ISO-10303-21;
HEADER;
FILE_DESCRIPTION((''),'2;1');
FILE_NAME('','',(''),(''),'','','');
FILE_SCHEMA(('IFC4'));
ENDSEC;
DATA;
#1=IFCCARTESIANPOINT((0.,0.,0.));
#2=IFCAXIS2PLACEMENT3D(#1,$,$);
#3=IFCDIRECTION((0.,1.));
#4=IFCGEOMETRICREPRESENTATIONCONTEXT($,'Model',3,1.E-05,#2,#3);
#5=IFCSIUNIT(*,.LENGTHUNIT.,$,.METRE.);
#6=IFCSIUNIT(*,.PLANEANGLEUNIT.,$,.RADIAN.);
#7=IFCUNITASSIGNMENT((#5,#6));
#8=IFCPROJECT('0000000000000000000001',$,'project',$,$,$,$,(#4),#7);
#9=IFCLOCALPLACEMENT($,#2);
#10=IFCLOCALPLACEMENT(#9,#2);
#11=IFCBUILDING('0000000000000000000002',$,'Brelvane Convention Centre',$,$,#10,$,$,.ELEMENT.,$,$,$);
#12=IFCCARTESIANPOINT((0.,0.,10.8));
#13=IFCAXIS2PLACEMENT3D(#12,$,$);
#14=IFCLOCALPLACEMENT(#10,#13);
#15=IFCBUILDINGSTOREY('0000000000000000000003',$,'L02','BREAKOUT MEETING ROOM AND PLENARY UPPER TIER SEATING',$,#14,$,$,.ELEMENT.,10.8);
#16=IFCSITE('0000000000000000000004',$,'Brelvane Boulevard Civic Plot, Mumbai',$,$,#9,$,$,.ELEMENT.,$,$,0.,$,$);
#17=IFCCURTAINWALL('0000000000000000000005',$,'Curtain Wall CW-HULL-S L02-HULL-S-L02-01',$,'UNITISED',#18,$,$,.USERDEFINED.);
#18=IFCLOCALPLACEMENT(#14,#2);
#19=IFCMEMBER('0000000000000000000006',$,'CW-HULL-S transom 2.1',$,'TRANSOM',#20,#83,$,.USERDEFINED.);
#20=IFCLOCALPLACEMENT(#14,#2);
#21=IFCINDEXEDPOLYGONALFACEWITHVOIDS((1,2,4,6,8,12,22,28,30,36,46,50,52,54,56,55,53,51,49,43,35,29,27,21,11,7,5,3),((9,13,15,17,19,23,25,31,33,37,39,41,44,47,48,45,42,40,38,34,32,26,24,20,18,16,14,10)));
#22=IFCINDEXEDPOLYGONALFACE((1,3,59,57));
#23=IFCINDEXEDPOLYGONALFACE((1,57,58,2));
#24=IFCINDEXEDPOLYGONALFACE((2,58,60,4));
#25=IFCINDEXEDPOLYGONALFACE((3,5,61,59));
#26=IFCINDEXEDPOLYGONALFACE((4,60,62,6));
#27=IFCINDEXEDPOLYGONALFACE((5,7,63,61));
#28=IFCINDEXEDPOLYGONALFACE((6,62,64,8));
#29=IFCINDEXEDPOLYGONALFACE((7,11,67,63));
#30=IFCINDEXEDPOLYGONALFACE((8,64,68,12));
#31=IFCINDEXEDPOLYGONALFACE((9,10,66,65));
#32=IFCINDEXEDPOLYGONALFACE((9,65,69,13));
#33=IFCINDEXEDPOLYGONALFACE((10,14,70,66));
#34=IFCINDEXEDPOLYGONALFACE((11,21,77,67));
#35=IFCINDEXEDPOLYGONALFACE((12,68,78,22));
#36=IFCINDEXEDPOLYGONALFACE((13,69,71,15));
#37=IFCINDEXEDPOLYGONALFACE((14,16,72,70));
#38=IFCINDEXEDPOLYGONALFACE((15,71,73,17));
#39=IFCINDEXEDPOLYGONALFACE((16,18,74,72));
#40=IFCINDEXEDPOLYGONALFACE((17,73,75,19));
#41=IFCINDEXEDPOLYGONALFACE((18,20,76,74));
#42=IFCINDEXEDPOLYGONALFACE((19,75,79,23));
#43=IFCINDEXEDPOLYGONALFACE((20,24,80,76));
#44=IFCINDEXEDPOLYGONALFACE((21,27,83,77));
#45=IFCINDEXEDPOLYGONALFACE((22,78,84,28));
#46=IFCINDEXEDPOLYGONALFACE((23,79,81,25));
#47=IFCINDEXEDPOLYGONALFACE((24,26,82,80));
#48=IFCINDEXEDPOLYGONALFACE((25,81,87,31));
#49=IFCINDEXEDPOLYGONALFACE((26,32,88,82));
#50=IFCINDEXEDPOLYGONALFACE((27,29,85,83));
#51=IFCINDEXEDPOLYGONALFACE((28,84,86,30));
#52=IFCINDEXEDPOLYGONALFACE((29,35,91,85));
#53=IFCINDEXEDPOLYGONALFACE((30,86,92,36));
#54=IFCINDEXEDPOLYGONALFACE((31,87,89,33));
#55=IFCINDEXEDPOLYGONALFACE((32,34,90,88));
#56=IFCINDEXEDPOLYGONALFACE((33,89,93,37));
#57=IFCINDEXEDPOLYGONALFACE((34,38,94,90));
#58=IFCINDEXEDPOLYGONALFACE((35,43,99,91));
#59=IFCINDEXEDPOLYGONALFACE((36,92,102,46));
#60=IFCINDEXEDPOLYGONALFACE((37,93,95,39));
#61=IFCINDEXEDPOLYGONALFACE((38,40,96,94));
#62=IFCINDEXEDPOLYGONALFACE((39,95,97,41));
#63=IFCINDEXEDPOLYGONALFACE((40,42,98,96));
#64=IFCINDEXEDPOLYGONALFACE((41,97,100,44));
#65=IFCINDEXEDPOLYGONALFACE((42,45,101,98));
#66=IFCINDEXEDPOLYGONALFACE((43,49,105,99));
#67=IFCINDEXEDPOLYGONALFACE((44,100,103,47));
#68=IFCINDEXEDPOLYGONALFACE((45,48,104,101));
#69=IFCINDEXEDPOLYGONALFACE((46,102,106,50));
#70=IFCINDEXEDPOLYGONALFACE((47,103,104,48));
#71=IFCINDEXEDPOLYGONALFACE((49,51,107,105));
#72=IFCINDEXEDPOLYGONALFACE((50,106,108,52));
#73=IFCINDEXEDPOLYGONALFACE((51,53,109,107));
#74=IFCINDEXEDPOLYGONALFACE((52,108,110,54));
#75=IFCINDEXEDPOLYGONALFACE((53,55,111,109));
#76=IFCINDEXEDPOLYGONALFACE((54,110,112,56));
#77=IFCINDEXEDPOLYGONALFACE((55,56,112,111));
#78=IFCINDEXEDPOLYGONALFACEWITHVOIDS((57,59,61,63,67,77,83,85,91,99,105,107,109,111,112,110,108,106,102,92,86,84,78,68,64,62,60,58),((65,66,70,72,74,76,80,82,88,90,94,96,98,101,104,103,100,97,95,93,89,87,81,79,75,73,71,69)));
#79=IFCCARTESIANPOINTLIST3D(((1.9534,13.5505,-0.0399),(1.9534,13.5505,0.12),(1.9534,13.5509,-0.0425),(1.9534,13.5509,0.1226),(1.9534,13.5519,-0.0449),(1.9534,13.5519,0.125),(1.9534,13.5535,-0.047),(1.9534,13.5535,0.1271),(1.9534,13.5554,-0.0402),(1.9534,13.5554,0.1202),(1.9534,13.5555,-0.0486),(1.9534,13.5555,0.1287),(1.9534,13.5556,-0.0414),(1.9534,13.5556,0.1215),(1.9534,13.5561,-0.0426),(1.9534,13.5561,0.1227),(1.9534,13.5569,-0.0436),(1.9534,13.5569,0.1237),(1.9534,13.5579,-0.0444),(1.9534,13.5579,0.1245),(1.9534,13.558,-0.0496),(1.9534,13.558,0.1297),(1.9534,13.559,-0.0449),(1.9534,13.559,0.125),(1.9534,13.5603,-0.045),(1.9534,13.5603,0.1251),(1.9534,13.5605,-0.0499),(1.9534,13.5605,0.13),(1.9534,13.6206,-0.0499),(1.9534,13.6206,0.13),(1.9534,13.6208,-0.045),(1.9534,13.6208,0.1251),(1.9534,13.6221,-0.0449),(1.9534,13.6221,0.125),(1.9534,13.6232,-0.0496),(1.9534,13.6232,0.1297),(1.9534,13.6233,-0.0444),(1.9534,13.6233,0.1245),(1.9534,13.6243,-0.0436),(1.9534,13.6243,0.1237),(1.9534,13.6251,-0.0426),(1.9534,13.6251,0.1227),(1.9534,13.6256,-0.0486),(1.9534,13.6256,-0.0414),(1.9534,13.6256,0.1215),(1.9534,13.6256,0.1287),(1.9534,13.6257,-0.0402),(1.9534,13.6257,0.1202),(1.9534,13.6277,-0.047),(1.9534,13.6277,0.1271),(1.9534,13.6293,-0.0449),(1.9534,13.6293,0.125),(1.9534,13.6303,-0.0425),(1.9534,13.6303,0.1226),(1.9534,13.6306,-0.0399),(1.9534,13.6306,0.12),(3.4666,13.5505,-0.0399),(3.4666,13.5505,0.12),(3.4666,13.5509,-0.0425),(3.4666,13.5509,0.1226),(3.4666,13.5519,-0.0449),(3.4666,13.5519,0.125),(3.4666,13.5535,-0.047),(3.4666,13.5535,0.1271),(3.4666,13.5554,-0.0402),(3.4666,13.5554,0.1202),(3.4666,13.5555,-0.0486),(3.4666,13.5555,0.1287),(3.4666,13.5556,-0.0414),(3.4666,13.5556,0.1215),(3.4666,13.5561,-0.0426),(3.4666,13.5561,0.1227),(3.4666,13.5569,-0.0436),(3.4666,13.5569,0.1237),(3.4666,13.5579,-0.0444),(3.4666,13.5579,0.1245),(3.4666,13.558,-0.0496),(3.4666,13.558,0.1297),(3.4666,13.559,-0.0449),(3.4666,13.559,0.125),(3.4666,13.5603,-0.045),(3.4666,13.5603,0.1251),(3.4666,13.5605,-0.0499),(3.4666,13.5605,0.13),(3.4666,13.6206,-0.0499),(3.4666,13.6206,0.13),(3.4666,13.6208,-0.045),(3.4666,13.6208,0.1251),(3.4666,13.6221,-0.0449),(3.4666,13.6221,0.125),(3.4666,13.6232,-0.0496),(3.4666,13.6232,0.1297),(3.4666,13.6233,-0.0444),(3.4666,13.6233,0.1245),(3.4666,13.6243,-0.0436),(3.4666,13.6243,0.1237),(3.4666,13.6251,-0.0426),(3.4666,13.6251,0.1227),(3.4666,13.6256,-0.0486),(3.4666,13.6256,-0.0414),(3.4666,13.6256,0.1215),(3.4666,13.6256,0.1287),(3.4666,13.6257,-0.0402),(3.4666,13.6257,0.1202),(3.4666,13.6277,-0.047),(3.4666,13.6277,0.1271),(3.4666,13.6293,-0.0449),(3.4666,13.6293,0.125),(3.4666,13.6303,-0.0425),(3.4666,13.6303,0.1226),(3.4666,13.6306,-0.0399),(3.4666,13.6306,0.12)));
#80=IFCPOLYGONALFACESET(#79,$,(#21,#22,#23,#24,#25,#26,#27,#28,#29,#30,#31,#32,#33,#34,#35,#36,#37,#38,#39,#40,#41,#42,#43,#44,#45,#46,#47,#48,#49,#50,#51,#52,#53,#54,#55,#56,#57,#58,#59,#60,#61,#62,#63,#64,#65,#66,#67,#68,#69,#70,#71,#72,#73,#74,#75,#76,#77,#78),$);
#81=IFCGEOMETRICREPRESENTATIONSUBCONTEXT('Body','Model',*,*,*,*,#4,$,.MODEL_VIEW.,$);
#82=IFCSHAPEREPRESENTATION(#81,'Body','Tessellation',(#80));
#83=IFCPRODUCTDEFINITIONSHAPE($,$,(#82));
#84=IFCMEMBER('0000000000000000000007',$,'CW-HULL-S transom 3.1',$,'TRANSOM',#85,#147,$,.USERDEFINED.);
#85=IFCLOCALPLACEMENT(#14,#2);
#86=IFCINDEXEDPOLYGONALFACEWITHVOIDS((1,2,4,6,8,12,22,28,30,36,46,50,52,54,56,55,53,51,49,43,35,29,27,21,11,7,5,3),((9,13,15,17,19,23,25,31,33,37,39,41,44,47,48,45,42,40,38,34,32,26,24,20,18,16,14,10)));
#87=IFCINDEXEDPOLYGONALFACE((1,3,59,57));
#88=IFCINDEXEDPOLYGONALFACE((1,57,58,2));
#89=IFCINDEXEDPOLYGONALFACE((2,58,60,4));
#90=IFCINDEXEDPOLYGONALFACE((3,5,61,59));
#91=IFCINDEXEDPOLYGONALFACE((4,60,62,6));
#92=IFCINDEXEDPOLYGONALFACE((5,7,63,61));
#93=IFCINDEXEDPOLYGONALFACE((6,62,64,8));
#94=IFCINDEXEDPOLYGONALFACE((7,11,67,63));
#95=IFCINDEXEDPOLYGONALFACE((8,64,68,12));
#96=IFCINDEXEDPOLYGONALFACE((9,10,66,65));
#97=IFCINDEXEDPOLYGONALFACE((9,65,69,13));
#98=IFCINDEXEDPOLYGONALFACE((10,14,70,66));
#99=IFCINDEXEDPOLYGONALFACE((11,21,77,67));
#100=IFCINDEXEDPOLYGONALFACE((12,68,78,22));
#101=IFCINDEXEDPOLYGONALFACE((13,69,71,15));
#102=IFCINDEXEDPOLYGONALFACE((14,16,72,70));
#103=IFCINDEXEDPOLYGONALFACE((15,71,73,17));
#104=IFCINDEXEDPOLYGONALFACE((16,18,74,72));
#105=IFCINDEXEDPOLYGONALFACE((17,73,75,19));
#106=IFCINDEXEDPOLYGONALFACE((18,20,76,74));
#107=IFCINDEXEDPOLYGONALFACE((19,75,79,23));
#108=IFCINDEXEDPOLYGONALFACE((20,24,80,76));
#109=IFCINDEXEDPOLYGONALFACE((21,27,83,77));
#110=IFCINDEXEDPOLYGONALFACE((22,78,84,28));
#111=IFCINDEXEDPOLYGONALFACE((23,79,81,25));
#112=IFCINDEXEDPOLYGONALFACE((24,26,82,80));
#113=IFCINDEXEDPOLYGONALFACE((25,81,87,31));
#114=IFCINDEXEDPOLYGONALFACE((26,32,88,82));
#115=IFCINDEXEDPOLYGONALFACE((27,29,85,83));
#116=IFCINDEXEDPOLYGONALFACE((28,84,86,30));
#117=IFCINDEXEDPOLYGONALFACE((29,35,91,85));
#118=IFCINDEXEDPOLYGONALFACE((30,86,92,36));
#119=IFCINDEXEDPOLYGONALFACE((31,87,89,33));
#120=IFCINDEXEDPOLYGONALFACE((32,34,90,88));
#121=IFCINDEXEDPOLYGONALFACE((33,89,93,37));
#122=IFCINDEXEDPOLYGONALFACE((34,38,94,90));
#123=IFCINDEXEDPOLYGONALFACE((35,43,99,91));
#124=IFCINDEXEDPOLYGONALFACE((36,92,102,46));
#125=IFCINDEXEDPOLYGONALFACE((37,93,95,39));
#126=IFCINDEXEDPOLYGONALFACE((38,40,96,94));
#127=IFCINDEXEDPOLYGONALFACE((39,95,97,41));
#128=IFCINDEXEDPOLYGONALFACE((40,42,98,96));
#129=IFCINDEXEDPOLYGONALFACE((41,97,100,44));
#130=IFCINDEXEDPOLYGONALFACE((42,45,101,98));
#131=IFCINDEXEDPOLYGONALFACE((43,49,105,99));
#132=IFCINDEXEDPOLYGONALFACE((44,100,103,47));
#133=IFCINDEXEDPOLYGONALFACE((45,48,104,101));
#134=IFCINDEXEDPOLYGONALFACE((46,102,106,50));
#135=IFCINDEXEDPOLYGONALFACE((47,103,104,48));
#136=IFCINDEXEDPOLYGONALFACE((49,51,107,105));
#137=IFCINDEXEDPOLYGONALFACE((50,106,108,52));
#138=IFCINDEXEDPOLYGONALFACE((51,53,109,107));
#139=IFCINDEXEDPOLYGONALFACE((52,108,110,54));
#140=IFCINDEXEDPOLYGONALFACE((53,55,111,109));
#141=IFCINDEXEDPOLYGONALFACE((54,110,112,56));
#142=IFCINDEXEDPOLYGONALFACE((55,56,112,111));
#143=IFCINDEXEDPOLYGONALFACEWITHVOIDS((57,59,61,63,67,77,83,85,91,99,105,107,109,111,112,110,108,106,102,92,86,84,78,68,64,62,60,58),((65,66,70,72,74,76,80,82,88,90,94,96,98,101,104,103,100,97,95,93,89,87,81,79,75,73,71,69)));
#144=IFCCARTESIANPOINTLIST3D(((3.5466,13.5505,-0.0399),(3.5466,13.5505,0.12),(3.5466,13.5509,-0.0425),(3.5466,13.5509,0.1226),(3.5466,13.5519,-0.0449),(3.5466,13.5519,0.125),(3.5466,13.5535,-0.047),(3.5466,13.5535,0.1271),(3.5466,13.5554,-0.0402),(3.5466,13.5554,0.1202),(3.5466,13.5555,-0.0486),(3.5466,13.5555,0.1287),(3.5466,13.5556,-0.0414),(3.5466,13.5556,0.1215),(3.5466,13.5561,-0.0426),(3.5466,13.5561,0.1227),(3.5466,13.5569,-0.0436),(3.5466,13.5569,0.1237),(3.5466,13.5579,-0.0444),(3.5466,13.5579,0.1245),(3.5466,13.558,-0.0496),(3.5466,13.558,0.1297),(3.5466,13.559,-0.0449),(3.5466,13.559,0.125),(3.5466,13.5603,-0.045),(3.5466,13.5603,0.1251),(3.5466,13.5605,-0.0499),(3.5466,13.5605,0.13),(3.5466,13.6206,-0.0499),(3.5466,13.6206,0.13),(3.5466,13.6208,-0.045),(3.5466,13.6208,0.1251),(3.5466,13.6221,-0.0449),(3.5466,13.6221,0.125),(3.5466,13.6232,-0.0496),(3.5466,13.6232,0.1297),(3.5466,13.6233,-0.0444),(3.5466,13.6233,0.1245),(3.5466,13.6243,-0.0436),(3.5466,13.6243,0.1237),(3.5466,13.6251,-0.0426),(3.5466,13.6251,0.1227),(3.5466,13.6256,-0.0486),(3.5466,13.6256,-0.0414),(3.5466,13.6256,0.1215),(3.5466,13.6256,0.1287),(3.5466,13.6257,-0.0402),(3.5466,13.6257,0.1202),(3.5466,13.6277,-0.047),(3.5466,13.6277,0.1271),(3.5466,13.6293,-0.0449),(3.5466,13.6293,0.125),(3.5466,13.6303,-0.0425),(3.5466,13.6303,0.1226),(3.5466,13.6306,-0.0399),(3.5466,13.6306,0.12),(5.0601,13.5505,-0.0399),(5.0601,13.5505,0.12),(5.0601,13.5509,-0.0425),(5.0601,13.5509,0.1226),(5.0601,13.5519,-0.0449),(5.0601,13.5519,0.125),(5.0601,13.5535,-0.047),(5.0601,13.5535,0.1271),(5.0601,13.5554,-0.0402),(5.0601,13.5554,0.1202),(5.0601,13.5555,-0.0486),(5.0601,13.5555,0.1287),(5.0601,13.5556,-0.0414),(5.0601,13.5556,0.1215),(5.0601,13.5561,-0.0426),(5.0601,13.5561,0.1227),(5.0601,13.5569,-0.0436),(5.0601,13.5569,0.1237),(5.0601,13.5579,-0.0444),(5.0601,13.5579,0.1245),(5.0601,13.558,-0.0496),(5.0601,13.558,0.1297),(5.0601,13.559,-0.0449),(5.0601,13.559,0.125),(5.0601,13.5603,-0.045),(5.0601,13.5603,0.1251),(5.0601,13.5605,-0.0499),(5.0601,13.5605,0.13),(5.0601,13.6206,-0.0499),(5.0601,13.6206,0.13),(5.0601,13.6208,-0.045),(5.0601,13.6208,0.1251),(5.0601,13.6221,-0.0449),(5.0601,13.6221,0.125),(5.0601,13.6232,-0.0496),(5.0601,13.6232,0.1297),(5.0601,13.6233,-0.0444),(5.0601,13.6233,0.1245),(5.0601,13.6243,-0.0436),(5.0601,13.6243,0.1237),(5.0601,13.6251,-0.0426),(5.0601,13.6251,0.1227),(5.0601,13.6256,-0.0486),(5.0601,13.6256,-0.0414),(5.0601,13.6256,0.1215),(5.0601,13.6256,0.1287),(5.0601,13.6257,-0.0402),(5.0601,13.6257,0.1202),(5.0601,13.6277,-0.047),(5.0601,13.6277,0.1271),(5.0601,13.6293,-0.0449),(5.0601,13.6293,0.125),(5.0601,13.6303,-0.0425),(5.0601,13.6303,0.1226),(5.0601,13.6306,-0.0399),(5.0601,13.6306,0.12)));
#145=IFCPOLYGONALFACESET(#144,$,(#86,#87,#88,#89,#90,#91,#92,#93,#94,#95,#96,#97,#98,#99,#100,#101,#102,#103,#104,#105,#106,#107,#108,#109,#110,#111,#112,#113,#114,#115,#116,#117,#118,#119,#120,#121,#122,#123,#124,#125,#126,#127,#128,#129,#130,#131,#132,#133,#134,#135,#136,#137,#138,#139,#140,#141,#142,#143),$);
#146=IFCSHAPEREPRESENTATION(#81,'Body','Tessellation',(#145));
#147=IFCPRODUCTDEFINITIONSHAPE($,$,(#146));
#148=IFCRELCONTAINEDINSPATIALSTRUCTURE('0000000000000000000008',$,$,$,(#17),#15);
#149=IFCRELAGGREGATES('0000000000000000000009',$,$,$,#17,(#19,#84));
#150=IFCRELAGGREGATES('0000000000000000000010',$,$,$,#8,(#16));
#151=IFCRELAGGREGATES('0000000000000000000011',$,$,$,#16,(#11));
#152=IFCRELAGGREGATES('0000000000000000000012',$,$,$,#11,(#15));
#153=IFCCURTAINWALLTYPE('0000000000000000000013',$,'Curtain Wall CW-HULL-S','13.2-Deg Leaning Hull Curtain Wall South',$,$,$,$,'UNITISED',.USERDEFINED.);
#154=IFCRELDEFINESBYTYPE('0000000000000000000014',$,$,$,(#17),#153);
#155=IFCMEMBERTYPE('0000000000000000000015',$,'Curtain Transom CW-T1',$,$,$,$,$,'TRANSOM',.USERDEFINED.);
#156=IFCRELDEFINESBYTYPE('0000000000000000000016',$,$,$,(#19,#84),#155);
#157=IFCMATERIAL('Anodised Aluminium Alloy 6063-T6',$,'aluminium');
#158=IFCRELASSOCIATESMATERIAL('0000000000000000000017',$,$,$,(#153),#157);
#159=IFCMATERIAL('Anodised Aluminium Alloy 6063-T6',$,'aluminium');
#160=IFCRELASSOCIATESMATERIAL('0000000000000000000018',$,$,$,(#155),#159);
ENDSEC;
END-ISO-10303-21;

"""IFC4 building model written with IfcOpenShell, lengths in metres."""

from ifc_helpers import new_model, si_unit, direction, frame, origin, origin_2d, place, context, subcontext, project, spatial, hollow_rectangle, extrude, material, material_profile, profile_set, type_object, element, aggregate, save


model = new_model("IFC4")

# Units and contexts
model_context = context("Model", 3, precision=1e-05, world=origin(), true_north=direction((0.0, 1.0)))
body_context = subcontext(model_context, "Body", "Model", "MODEL_VIEW")
ifc_project = project(units=[si_unit("LENGTHUNIT", "METRE"), si_unit("PLANEANGLEUNIT", "RADIAN")], contexts=[model_context])

# Site, building, storey
site_placement = place(None, origin())
site = spatial("IfcSite", under=ifc_project, at=site_placement, Name="Brelvane Boulevard Civic Plot, Mumbai", CompositionType="ELEMENT", RefElevation=0.0)
building_placement = place(site_placement, origin())
building = spatial("IfcBuilding", under=site, at=building_placement, Name="Brelvane Convention Centre", CompositionType="ELEMENT")
storey_placement = place(building_placement, frame((0.0, 0.0, 10.8)))
storey = spatial("IfcBuildingStorey", under=building, at=storey_placement, Name="L02", Description="BREAKOUT MEETING ROOM AND PLENARY UPPER TIER SEATING", CompositionType="ELEMENT", Elevation=10.8)

# Curtain wall
ifc_material_1 = material(Name="Anodised Aluminium Alloy 6063-T6", Category="aluminium")
curtain_wall_type = type_object("IfcCurtainWallType", Name="Curtain Wall CW-HULL-S", Description="13.2-Deg Leaning Hull Curtain Wall South", ElementType="UNITISED", PredefinedType="USERDEFINED", material=ifc_material_1)
curtain_wall_1_placement = place(storey_placement, origin())
curtain_wall_1 = element("IfcCurtainWall", 1, at=curtain_wall_1_placement, inside=storey, type_object=curtain_wall_type, Name="Curtain Wall CW-HULL-S L02-HULL-S-L02-01", ObjectType="UNITISED", PredefinedType="USERDEFINED")

# Members
ifc_material_2 = material(Name="Anodised Aluminium Alloy 6063-T6", Category="aluminium")
ifc_material_profile_1 = material_profile(ifc_material_2, hollow_rectangle(XDim=0.0801, YDim=0.1799, WallThickness=0.0049, InnerFilletRadius=0.0049, OuterFilletRadius=0.01, at=origin_2d()), Name="ALU-T 180x80x5.0")
ifc_profile_set_1 = profile_set([ifc_material_profile_1], Name="Anodised Aluminium Alloy 6063-T6")
member_type_1 = type_object("IfcMemberType", Name="Curtain Transom CW-T1", ElementType="TRANSOM", PredefinedType="USERDEFINED", material=ifc_profile_set_1)
member_1_placement = place(storey_placement, frame((1.9534, 13.5906, 0.04), z_axis=(1.0, 0.0, 0.0), x_axis=(0.0, 1.0, 0.0)))
member_1 = element("IfcMember", 2, at=member_1_placement, type_object=member_type_1, Name="CW-HULL-S transom 2.1", ObjectType="TRANSOM", PredefinedType="USERDEFINED", context=body_context, shape_type="SweptSolid", body=[
    extrude(hollow_rectangle(XDim=0.0801, YDim=0.1799, WallThickness=0.0049, InnerFilletRadius=0.0049, OuterFilletRadius=0.01, at=origin_2d()), origin(), (0.0, 0.0, 1.0), 1.5132),
])
member_2_placement = place(storey_placement, frame((3.5466, 13.5906, 0.04), z_axis=(1.0, 0.0, 0.0), x_axis=(0.0, 1.0, 0.0)))
member_2 = element("IfcMember", 3, at=member_2_placement, type_object=member_type_1, Name="CW-HULL-S transom 3.1", ObjectType="TRANSOM", PredefinedType="USERDEFINED", context=body_context, shape_type="SweptSolid", body=[
    extrude(hollow_rectangle(XDim=0.0801, YDim=0.1799, WallThickness=0.0049, InnerFilletRadius=0.0049, OuterFilletRadius=0.01, at=origin_2d()), origin(), (0.0, 0.0, 1.0), 1.5134),
])

aggregate(curtain_wall_1, [member_1, member_2])

save(model, "model.ifc")
